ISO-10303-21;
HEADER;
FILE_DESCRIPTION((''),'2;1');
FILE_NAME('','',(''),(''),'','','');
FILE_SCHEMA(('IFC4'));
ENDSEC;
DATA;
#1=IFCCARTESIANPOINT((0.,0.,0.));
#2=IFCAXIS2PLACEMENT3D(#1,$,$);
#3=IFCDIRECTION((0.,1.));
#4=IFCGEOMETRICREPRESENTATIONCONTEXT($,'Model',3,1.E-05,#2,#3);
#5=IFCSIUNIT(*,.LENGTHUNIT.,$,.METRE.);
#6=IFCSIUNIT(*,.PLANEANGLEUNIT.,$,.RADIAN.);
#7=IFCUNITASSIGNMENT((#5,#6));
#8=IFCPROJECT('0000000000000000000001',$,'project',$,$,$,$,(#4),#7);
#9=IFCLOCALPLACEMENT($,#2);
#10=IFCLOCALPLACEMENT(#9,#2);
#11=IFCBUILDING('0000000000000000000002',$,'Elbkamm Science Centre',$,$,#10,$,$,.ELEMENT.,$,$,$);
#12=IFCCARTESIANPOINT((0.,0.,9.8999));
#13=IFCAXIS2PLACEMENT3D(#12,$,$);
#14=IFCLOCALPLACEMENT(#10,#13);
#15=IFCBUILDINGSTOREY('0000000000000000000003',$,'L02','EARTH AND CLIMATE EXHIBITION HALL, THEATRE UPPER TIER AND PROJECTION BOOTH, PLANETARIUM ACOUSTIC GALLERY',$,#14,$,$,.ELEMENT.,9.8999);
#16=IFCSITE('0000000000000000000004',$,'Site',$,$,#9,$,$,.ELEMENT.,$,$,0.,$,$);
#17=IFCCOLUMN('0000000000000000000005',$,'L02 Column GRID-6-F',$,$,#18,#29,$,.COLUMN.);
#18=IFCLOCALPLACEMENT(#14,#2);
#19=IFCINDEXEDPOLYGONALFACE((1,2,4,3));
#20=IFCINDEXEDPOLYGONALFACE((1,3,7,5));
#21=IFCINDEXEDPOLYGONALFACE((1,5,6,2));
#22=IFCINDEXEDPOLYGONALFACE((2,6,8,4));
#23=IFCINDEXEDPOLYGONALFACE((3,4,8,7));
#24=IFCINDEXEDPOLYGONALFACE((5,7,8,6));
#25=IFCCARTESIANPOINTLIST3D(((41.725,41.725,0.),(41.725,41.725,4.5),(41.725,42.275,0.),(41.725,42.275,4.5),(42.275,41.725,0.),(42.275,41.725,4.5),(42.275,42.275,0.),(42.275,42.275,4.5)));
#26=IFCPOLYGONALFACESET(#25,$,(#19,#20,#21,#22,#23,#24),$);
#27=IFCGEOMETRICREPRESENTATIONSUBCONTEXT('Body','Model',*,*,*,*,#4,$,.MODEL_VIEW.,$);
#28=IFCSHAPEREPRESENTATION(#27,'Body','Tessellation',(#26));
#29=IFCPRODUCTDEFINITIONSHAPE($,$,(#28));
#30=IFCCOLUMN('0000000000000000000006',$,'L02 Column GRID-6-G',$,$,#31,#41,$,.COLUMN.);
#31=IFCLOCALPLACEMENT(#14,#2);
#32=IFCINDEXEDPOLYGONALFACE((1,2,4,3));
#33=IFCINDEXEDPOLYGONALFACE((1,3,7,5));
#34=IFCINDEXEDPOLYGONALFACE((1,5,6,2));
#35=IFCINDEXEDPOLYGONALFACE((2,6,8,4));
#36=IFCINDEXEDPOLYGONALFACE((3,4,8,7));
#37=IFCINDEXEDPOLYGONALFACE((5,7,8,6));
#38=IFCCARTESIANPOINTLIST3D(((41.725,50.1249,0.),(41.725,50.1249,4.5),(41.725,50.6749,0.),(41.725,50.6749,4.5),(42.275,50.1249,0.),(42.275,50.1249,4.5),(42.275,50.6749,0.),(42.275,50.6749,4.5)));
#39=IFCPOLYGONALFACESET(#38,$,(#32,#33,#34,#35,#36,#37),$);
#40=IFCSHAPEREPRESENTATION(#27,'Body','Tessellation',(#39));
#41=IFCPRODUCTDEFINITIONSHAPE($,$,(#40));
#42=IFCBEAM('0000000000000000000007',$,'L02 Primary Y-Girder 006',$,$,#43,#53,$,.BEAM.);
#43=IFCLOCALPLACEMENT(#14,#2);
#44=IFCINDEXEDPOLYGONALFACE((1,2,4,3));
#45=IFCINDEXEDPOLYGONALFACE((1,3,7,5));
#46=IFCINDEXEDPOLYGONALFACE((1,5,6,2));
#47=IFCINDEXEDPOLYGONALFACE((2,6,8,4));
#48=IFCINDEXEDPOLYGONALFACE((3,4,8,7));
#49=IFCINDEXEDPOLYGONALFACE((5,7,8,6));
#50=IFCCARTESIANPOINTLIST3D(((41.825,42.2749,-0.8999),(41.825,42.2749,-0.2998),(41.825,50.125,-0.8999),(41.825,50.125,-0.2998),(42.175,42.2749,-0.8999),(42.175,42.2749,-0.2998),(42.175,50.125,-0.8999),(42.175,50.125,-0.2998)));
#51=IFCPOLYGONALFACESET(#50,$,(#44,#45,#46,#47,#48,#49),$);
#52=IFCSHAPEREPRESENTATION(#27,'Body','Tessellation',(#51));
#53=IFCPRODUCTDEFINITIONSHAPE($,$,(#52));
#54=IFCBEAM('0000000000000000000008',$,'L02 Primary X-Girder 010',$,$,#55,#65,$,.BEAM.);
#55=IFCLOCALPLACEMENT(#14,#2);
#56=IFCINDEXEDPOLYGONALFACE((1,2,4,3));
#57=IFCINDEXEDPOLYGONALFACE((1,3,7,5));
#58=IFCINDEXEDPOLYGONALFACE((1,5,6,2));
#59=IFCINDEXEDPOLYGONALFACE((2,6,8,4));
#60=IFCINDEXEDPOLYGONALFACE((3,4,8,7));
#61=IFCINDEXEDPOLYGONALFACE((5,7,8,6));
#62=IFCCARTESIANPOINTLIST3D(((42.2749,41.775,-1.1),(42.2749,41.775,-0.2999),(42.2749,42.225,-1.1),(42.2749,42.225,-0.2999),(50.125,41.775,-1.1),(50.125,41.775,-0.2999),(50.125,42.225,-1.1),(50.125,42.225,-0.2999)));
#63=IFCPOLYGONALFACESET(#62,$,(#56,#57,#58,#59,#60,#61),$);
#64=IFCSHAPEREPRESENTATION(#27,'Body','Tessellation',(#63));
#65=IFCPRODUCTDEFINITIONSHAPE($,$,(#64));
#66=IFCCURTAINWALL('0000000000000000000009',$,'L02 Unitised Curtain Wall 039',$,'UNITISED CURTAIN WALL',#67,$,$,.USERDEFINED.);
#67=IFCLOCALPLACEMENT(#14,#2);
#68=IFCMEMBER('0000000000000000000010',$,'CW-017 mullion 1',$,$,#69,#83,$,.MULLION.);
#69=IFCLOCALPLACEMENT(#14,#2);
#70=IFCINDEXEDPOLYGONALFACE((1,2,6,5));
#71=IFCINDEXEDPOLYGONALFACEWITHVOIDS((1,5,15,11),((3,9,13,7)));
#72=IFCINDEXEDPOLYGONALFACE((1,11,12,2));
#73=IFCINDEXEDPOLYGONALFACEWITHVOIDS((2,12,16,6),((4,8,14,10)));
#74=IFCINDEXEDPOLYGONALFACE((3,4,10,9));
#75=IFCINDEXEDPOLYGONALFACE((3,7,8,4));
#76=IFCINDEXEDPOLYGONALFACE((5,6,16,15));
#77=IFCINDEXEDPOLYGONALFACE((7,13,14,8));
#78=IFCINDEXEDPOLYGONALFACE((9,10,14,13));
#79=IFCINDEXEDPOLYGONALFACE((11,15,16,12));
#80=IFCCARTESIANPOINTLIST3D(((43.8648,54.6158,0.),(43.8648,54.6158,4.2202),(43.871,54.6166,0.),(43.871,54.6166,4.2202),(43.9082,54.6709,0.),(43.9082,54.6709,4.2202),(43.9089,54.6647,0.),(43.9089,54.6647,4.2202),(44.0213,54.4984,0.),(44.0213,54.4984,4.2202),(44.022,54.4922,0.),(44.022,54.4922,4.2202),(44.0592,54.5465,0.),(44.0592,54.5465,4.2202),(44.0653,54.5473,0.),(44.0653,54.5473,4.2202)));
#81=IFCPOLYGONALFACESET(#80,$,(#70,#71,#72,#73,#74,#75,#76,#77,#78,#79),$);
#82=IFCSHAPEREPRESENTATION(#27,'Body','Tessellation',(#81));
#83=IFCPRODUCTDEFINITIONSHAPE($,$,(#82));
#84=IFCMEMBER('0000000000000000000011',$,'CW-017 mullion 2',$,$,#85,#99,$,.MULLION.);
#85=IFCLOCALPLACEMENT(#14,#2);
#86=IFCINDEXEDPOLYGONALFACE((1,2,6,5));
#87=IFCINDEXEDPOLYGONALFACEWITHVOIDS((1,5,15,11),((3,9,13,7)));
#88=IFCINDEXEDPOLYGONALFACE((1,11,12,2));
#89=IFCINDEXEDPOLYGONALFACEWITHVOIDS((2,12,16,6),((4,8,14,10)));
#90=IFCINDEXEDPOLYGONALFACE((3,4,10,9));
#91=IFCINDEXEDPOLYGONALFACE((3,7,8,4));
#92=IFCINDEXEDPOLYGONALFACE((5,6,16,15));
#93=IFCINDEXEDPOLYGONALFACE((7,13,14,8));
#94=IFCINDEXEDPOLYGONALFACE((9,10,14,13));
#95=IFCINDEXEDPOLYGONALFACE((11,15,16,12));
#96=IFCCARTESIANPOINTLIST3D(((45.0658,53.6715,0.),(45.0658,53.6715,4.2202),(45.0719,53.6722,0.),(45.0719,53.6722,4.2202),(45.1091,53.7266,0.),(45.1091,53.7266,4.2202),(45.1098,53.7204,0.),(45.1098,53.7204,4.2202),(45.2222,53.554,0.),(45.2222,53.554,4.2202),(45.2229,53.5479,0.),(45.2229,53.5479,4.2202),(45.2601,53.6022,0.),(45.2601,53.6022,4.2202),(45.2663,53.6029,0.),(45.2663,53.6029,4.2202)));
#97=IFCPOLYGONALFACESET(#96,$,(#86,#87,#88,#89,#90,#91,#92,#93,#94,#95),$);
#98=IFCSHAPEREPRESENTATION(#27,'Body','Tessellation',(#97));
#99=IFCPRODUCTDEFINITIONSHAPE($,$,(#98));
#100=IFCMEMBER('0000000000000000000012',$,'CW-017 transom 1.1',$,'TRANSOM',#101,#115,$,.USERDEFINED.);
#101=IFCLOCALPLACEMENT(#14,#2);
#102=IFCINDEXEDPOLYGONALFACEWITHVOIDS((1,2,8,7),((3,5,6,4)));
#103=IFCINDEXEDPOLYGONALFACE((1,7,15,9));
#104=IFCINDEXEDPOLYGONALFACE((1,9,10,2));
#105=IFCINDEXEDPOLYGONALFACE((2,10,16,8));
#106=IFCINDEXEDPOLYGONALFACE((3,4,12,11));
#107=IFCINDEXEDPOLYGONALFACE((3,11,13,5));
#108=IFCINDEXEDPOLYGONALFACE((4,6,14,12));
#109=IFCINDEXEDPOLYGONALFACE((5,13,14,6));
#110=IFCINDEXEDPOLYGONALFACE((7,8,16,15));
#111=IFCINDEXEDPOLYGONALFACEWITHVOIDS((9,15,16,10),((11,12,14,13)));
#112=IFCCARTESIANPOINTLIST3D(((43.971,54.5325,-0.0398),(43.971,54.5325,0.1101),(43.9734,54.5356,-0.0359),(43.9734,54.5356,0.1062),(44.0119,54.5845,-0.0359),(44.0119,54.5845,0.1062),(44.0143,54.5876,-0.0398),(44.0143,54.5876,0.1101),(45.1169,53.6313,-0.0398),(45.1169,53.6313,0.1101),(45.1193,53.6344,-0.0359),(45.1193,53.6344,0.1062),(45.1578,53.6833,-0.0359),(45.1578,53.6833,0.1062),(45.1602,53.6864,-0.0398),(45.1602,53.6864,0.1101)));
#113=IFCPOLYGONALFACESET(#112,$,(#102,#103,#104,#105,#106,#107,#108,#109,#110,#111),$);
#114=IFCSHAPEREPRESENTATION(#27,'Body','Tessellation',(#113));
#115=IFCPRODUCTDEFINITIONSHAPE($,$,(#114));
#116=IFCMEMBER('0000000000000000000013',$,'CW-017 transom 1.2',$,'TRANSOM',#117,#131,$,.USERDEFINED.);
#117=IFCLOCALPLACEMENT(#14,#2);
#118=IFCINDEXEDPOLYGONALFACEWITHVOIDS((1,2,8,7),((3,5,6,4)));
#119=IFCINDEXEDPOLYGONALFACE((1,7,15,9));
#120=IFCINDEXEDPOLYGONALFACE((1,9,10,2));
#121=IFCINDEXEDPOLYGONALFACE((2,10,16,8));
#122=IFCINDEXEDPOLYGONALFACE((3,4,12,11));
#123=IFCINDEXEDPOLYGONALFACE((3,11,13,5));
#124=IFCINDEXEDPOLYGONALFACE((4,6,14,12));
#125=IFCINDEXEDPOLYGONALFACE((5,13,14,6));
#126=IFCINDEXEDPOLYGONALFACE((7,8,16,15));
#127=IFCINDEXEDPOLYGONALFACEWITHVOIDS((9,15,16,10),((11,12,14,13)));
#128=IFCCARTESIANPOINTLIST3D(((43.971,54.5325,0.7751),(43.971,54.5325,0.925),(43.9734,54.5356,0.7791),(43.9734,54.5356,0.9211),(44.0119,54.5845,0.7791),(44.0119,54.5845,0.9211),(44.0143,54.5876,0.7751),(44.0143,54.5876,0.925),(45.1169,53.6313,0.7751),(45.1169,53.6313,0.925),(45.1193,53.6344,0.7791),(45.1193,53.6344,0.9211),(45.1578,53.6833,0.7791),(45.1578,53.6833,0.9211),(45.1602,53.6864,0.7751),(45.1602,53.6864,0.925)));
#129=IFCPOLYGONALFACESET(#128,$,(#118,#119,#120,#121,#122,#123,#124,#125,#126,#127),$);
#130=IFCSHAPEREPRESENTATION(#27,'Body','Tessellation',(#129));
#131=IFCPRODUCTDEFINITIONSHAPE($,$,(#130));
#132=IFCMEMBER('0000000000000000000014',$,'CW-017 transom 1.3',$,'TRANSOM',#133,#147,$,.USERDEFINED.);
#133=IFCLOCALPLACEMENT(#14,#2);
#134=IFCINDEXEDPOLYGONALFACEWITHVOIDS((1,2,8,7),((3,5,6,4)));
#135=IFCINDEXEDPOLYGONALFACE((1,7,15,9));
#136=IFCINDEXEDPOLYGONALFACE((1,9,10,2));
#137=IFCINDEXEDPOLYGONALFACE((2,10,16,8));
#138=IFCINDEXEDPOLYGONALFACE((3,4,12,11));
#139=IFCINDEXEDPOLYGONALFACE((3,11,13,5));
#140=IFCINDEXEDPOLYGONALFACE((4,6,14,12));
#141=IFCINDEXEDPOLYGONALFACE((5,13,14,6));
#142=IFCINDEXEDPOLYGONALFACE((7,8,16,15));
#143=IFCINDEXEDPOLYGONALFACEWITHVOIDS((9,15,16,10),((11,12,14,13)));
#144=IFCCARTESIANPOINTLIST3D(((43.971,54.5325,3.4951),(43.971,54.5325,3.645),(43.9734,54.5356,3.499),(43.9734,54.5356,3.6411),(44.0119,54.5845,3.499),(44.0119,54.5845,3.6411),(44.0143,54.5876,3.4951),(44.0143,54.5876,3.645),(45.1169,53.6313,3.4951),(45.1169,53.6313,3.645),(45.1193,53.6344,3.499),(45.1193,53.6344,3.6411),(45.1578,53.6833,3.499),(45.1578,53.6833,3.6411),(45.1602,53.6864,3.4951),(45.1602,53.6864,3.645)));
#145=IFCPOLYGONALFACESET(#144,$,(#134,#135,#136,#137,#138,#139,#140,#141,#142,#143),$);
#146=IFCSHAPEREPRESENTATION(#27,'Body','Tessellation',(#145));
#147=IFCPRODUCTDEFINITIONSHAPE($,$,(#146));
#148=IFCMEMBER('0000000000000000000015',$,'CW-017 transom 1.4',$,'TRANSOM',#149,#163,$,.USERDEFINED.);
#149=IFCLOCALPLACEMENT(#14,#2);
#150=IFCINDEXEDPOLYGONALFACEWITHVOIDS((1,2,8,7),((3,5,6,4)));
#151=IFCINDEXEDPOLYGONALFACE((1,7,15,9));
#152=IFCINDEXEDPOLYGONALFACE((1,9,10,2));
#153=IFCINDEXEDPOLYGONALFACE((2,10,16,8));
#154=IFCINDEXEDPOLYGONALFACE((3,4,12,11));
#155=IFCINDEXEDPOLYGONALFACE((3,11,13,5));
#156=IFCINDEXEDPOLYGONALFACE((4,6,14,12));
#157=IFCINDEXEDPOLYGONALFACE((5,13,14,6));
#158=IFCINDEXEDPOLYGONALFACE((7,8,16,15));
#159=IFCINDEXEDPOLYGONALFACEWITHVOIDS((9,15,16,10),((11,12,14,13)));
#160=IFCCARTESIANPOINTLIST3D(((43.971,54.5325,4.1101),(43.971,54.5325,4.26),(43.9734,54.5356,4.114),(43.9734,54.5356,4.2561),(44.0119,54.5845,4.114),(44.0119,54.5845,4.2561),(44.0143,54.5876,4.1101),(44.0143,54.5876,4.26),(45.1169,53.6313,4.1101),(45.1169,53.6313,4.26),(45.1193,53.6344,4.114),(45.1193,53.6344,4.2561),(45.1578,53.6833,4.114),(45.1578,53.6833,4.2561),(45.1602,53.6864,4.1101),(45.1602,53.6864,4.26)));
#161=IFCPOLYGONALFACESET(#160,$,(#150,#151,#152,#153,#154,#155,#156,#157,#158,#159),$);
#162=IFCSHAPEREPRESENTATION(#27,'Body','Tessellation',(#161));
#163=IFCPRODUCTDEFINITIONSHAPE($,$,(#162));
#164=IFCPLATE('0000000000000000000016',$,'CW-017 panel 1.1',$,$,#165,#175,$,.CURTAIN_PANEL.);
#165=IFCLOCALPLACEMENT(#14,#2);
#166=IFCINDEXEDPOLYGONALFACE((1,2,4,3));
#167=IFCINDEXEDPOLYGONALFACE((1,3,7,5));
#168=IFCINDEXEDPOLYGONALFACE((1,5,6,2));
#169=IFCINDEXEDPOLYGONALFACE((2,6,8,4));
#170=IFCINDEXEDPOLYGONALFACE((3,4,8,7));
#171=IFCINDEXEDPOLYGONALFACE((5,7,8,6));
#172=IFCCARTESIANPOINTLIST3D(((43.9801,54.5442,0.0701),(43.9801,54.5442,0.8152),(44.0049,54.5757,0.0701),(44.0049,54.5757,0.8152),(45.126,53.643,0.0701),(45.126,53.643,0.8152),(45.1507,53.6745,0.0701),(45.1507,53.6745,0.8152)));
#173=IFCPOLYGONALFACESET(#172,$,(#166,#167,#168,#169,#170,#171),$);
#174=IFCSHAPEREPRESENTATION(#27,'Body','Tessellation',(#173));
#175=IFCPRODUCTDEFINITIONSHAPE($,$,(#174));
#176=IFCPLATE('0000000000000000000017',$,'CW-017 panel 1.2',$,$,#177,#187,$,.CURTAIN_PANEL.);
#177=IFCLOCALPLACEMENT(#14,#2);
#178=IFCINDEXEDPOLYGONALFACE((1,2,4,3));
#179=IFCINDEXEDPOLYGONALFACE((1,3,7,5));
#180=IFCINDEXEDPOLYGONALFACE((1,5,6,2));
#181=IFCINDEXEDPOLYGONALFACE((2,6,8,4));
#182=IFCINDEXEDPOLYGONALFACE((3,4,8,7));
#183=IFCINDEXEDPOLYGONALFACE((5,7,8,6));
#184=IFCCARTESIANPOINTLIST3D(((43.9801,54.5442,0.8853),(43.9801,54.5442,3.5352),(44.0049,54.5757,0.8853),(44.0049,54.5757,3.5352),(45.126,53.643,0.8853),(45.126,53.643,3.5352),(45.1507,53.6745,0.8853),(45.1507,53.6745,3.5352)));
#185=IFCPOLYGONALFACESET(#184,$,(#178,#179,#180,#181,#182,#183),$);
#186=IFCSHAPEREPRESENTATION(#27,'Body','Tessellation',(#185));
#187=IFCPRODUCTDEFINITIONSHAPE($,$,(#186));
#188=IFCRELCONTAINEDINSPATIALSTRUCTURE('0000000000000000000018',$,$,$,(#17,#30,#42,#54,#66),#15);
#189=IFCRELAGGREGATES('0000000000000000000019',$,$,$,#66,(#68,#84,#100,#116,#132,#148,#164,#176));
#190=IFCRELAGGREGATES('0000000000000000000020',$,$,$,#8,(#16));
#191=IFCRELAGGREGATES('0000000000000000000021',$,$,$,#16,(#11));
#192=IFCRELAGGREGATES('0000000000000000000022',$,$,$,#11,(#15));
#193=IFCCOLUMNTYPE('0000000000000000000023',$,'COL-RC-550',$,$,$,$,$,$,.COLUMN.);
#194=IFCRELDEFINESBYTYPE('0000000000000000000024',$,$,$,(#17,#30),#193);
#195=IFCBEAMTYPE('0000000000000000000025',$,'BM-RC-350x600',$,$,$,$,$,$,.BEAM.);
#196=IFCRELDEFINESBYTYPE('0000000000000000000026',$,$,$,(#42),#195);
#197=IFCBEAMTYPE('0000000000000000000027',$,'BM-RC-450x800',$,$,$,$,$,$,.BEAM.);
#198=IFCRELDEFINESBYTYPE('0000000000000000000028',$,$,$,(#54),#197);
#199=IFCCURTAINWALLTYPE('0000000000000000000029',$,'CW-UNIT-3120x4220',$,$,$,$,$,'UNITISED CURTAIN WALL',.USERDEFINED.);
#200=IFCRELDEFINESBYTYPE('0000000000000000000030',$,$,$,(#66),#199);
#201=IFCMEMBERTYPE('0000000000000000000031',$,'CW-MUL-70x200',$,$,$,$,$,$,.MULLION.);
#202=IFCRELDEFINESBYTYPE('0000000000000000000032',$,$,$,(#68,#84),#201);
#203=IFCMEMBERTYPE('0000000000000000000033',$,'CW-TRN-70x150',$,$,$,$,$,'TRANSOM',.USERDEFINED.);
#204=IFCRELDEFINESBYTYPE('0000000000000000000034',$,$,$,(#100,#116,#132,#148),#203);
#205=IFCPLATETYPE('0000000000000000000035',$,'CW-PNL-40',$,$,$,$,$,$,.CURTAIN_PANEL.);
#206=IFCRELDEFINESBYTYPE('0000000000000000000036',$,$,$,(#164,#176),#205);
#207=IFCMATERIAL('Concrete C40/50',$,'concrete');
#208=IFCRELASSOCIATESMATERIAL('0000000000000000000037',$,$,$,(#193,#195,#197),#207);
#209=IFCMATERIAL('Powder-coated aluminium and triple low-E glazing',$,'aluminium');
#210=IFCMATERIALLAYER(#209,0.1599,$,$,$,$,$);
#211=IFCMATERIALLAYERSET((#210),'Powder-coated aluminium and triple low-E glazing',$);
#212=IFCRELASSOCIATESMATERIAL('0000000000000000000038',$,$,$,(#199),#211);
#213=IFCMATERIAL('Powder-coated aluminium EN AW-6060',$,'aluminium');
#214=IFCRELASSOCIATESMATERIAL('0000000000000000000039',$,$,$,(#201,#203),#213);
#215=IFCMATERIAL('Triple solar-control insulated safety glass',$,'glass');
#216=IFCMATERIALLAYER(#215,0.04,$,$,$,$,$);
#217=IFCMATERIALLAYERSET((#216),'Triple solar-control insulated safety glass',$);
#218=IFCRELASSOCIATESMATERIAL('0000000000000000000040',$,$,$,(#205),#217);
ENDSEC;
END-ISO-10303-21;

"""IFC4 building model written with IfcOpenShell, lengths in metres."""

from ifc_helpers import new_model, si_unit, direction, frame, origin, origin_2d, place, context, subcontext, project, spatial, rectangle, hollow_rectangle, extrude, material, layer, layer_set, material_profile, profile_set, type_object, element, aggregate, save


model = new_model("IFC4")

# Units and contexts
model_context = context("Model", 3, precision=1e-05, world=origin(), true_north=direction((0.0, 1.0)))
body_context = subcontext(model_context, "Body", "Model", "MODEL_VIEW")
ifc_project = project(units=[si_unit("LENGTHUNIT", "METRE"), si_unit("PLANEANGLEUNIT", "RADIAN")], contexts=[model_context])

# Site, building, storey
site_placement = place(None, origin())
site = spatial("IfcSite", under=ifc_project, at=site_placement, Name="Site", CompositionType="ELEMENT", RefElevation=0.0)
building_placement = place(site_placement, origin())
building = spatial("IfcBuilding", under=site, at=building_placement, Name="Elbkamm Science Centre", CompositionType="ELEMENT")
storey_placement = place(building_placement, frame((0.0, 0.0, 9.8999)))
storey = spatial("IfcBuildingStorey", under=building, at=storey_placement, Name="L02", Description="EARTH AND CLIMATE EXHIBITION HALL, THEATRE UPPER TIER AND PROJECTION BOOTH, PLANETARIUM ACOUSTIC GALLERY", CompositionType="ELEMENT", Elevation=9.8999)

# Columns
ifc_material_1 = material(Name="Concrete C40/50", Category="concrete")
ifc_material_profile_1 = material_profile(ifc_material_1, rectangle(XDim=0.55, YDim=0.55, at=origin_2d()), Name="RC 550x550")
ifc_profile_set_1 = profile_set([ifc_material_profile_1], Name="Concrete C40/50")
column_type = type_object("IfcColumnType", Name="COL-RC-550", PredefinedType="COLUMN", material=ifc_profile_set_1)
for number, where, z_axis, x_axis, name in (
    (1, (42.0, 42.0, 0.0), (0.0, 0.0, 1.0), (1.0, 0.0, 0.0), "L02 Column GRID-6-F"),
    (2, (42.0, 50.3999, 0.0), (0.0, 0.0, 1.0), (1.0, 0.0, 0.0), "L02 Column GRID-6-G"),
):
    element("IfcColumn", number, at=place(storey_placement, frame(where, z_axis=z_axis, x_axis=x_axis)), inside=storey, type_object=column_type, Name=name, PredefinedType="COLUMN", context=body_context, shape_type="SweptSolid", body=[
        extrude(rectangle(XDim=0.55, YDim=0.55, at=origin_2d()), origin(), (0.0, 0.0, 1.0), 4.5),
    ])

# Beams
ifc_material_profile_2 = material_profile(ifc_material_1, rectangle(XDim=0.3501, YDim=0.6001, at=origin_2d()), Name="RC 350x600")
ifc_profile_set_2 = profile_set([ifc_material_profile_2], Name="Concrete C40/50")
beam_type_1 = type_object("IfcBeamType", Name="BM-RC-350x600", PredefinedType="BEAM", material=ifc_profile_set_2)
beam_1_placement = place(storey_placement, frame((42.0, 42.2749, -0.5999), z_axis=(0.0, 1.0, 0.0), x_axis=(-1.0, 0.0, 0.0)))
element("IfcBeam", 3, at=beam_1_placement, inside=storey, type_object=beam_type_1, Name="L02 Primary Y-Girder 006", PredefinedType="BEAM", context=body_context, shape_type="SweptSolid", body=[
    extrude(rectangle(XDim=0.3501, YDim=0.6001, at=origin_2d()), origin(), (0.0, 0.0, 1.0), 7.8501),
])
ifc_material_profile_3 = material_profile(ifc_material_1, rectangle(XDim=0.45, YDim=0.8, at=origin_2d()), Name="RC 450x800")
ifc_profile_set_3 = profile_set([ifc_material_profile_3], Name="Concrete C40/50")
beam_type_2 = type_object("IfcBeamType", Name="BM-RC-450x800", PredefinedType="BEAM", material=ifc_profile_set_3)
beam_2_placement = place(storey_placement, frame((42.2749, 42.0, -0.7), z_axis=(1.0, 0.0, 0.0), x_axis=(0.0, 1.0, 0.0)))
element("IfcBeam", 4, at=beam_2_placement, inside=storey, type_object=beam_type_2, Name="L02 Primary X-Girder 010", PredefinedType="BEAM", context=body_context, shape_type="SweptSolid", body=[
    extrude(rectangle(XDim=0.45, YDim=0.8, at=origin_2d()), origin(), (0.0, 0.0, 1.0), 7.8501),
])

# Curtain wall, members, plates
ifc_material_2 = material(Name="Powder-coated aluminium and triple low-E glazing", Category="aluminium")
ifc_layer_1 = layer(ifc_material_2, 0.1599)
ifc_layer_set_1 = layer_set([ifc_layer_1], Name="Powder-coated aluminium and triple low-E glazing")
curtain_wall_type = type_object("IfcCurtainWallType", Name="CW-UNIT-3120x4220", ElementType="UNITISED CURTAIN WALL", PredefinedType="USERDEFINED", material=ifc_layer_set_1)
curtain_wall_placement = place(storey_placement, origin())
curtain_wall = element("IfcCurtainWall", 5, at=curtain_wall_placement, inside=storey, type_object=curtain_wall_type, Name="L02 Unitised Curtain Wall 039", ObjectType="UNITISED CURTAIN WALL", PredefinedType="USERDEFINED")
ifc_material_3 = material(Name="Powder-coated aluminium EN AW-6060", Category="aluminium")
ifc_material_profile_4 = material_profile(ifc_material_3, hollow_rectangle(XDim=0.0701, YDim=0.2, WallThickness=0.0044, at=origin_2d()), Name="ALU M70x200")
ifc_profile_set_4 = profile_set([ifc_material_profile_4], Name="Powder-coated aluminium EN AW-6060")
member_type_1 = type_object("IfcMemberType", Name="CW-MUL-70x200", PredefinedType="MULLION", material=ifc_profile_set_4)
member_1_placement = place(storey_placement, frame((43.9651, 54.5815, 0.0), z_axis=(0.0, 0.0, 1.0), x_axis=(0.61822, 0.786005, 0.0)))
member_1 = element("IfcMember", 6, at=member_1_placement, type_object=member_type_1, Name="CW-017 mullion 1", PredefinedType="MULLION", context=body_context, shape_type="SweptSolid", body=[
    extrude(hollow_rectangle(XDim=0.0701, YDim=0.2, WallThickness=0.0044, at=origin_2d()), origin(), (0.0, 0.0, 1.0), 4.2202),
])
member_2_placement = place(storey_placement, frame((45.166, 53.6372, 0.0), z_axis=(0.0, 0.0, 1.0), x_axis=(0.61822, 0.786005, 0.0)))
member_2 = element("IfcMember", 7, at=member_2_placement, type_object=member_type_1, Name="CW-017 mullion 2", PredefinedType="MULLION", context=body_context, shape_type="SweptSolid", body=[
    extrude(hollow_rectangle(XDim=0.0701, YDim=0.2, WallThickness=0.0044, at=origin_2d()), origin(), (0.0, 0.0, 1.0), 4.2202),
])
ifc_material_profile_5 = material_profile(ifc_material_3, hollow_rectangle(XDim=0.0701, YDim=0.1499, WallThickness=0.0039, at=origin_2d()), Name="ALU T70x150")
ifc_profile_set_5 = profile_set([ifc_material_profile_5], Name="Powder-coated aluminium EN AW-6060")
member_type_2 = type_object("IfcMemberType", Name="CW-TRN-70x150", ElementType="TRANSOM", PredefinedType="USERDEFINED", material=ifc_profile_set_5)
member_3_placement = place(storey_placement, frame((43.9927, 54.5601, 0.0352), z_axis=(0.786022, -0.618199, 0.0), x_axis=(0.618199, 0.786022, 0.0)))
member_3 = element("IfcMember", 8, at=member_3_placement, type_object=member_type_2, Name="CW-017 transom 1.1", ObjectType="TRANSOM", PredefinedType="USERDEFINED", context=body_context, shape_type="SweptSolid", body=[
    extrude(hollow_rectangle(XDim=0.0701, YDim=0.1499, WallThickness=0.0039, at=origin_2d()), origin(), (0.0, 0.0, 1.0), 1.4578),
])
member_4_placement = place(storey_placement, frame((43.9927, 54.5601, 0.8501), z_axis=(0.786022, -0.618199, 0.0), x_axis=(0.618199, 0.786022, 0.0)))
member_4 = element("IfcMember", 9, at=member_4_placement, type_object=member_type_2, Name="CW-017 transom 1.2", ObjectType="TRANSOM", PredefinedType="USERDEFINED", context=body_context, shape_type="SweptSolid", body=[
    extrude(hollow_rectangle(XDim=0.0701, YDim=0.1499, WallThickness=0.0039, at=origin_2d()), origin(), (0.0, 0.0, 1.0), 1.4578),
])
member_5_placement = place(storey_placement, frame((43.9927, 54.5601, 3.5701), z_axis=(0.786022, -0.618199, 0.0), x_axis=(0.618199, 0.786022, 0.0)))
member_5 = element("IfcMember", 10, at=member_5_placement, type_object=member_type_2, Name="CW-017 transom 1.3", ObjectType="TRANSOM", PredefinedType="USERDEFINED", context=body_context, shape_type="SweptSolid", body=[
    extrude(hollow_rectangle(XDim=0.0701, YDim=0.1499, WallThickness=0.0039, at=origin_2d()), origin(), (0.0, 0.0, 1.0), 1.4578),
])
member_6_placement = place(storey_placement, frame((43.9927, 54.5601, 4.1851), z_axis=(0.786022, -0.618199, 0.0), x_axis=(0.618199, 0.786022, 0.0)))
member_6 = element("IfcMember", 11, at=member_6_placement, type_object=member_type_2, Name="CW-017 transom 1.4", ObjectType="TRANSOM", PredefinedType="USERDEFINED", context=body_context, shape_type="SweptSolid", body=[
    extrude(hollow_rectangle(XDim=0.0701, YDim=0.1499, WallThickness=0.0039, at=origin_2d()), origin(), (0.0, 0.0, 1.0), 1.4578),
])
ifc_material_4 = material(Name="Triple solar-control insulated safety glass", Category="glass")
ifc_layer_2 = layer(ifc_material_4, 0.04)
ifc_layer_set_2 = layer_set([ifc_layer_2], Name="Triple solar-control insulated safety glass")
plate_type = type_object("IfcPlateType", Name="CW-PNL-40", PredefinedType="CURTAIN_PANEL", material=ifc_layer_set_2)
plate_1_placement = place(storey_placement, frame((44.5654, 54.1094, 0.0701), z_axis=(0.0, 0.0, 1.0), x_axis=(0.786005, -0.61822, 0.0)))
plate_1 = element("IfcPlate", 12, at=plate_1_placement, type_object=plate_type, Name="CW-017 panel 1.1", PredefinedType="CURTAIN_PANEL", context=body_context, shape_type="SweptSolid", body=[
    extrude(rectangle(XDim=1.4578, YDim=0.04, at=origin_2d()), origin(), (0.0, 0.0, 1.0), 0.7451),
])
plate_2_placement = place(storey_placement, frame((44.5654, 54.1094, 0.8853), z_axis=(0.0, 0.0, 1.0), x_axis=(0.786005, -0.61822, 0.0)))
plate_2 = element("IfcPlate", 13, at=plate_2_placement, type_object=plate_type, Name="CW-017 panel 1.2", PredefinedType="CURTAIN_PANEL", context=body_context, shape_type="SweptSolid", body=[
    extrude(rectangle(XDim=1.4578, YDim=0.04, at=origin_2d()), origin(), (0.0, 0.0, 1.0), 2.6499),
])
aggregate(curtain_wall, [member_1, member_2, member_3, member_4, member_5, member_6, plate_1, plate_2])

save(model, "model.ifc")
